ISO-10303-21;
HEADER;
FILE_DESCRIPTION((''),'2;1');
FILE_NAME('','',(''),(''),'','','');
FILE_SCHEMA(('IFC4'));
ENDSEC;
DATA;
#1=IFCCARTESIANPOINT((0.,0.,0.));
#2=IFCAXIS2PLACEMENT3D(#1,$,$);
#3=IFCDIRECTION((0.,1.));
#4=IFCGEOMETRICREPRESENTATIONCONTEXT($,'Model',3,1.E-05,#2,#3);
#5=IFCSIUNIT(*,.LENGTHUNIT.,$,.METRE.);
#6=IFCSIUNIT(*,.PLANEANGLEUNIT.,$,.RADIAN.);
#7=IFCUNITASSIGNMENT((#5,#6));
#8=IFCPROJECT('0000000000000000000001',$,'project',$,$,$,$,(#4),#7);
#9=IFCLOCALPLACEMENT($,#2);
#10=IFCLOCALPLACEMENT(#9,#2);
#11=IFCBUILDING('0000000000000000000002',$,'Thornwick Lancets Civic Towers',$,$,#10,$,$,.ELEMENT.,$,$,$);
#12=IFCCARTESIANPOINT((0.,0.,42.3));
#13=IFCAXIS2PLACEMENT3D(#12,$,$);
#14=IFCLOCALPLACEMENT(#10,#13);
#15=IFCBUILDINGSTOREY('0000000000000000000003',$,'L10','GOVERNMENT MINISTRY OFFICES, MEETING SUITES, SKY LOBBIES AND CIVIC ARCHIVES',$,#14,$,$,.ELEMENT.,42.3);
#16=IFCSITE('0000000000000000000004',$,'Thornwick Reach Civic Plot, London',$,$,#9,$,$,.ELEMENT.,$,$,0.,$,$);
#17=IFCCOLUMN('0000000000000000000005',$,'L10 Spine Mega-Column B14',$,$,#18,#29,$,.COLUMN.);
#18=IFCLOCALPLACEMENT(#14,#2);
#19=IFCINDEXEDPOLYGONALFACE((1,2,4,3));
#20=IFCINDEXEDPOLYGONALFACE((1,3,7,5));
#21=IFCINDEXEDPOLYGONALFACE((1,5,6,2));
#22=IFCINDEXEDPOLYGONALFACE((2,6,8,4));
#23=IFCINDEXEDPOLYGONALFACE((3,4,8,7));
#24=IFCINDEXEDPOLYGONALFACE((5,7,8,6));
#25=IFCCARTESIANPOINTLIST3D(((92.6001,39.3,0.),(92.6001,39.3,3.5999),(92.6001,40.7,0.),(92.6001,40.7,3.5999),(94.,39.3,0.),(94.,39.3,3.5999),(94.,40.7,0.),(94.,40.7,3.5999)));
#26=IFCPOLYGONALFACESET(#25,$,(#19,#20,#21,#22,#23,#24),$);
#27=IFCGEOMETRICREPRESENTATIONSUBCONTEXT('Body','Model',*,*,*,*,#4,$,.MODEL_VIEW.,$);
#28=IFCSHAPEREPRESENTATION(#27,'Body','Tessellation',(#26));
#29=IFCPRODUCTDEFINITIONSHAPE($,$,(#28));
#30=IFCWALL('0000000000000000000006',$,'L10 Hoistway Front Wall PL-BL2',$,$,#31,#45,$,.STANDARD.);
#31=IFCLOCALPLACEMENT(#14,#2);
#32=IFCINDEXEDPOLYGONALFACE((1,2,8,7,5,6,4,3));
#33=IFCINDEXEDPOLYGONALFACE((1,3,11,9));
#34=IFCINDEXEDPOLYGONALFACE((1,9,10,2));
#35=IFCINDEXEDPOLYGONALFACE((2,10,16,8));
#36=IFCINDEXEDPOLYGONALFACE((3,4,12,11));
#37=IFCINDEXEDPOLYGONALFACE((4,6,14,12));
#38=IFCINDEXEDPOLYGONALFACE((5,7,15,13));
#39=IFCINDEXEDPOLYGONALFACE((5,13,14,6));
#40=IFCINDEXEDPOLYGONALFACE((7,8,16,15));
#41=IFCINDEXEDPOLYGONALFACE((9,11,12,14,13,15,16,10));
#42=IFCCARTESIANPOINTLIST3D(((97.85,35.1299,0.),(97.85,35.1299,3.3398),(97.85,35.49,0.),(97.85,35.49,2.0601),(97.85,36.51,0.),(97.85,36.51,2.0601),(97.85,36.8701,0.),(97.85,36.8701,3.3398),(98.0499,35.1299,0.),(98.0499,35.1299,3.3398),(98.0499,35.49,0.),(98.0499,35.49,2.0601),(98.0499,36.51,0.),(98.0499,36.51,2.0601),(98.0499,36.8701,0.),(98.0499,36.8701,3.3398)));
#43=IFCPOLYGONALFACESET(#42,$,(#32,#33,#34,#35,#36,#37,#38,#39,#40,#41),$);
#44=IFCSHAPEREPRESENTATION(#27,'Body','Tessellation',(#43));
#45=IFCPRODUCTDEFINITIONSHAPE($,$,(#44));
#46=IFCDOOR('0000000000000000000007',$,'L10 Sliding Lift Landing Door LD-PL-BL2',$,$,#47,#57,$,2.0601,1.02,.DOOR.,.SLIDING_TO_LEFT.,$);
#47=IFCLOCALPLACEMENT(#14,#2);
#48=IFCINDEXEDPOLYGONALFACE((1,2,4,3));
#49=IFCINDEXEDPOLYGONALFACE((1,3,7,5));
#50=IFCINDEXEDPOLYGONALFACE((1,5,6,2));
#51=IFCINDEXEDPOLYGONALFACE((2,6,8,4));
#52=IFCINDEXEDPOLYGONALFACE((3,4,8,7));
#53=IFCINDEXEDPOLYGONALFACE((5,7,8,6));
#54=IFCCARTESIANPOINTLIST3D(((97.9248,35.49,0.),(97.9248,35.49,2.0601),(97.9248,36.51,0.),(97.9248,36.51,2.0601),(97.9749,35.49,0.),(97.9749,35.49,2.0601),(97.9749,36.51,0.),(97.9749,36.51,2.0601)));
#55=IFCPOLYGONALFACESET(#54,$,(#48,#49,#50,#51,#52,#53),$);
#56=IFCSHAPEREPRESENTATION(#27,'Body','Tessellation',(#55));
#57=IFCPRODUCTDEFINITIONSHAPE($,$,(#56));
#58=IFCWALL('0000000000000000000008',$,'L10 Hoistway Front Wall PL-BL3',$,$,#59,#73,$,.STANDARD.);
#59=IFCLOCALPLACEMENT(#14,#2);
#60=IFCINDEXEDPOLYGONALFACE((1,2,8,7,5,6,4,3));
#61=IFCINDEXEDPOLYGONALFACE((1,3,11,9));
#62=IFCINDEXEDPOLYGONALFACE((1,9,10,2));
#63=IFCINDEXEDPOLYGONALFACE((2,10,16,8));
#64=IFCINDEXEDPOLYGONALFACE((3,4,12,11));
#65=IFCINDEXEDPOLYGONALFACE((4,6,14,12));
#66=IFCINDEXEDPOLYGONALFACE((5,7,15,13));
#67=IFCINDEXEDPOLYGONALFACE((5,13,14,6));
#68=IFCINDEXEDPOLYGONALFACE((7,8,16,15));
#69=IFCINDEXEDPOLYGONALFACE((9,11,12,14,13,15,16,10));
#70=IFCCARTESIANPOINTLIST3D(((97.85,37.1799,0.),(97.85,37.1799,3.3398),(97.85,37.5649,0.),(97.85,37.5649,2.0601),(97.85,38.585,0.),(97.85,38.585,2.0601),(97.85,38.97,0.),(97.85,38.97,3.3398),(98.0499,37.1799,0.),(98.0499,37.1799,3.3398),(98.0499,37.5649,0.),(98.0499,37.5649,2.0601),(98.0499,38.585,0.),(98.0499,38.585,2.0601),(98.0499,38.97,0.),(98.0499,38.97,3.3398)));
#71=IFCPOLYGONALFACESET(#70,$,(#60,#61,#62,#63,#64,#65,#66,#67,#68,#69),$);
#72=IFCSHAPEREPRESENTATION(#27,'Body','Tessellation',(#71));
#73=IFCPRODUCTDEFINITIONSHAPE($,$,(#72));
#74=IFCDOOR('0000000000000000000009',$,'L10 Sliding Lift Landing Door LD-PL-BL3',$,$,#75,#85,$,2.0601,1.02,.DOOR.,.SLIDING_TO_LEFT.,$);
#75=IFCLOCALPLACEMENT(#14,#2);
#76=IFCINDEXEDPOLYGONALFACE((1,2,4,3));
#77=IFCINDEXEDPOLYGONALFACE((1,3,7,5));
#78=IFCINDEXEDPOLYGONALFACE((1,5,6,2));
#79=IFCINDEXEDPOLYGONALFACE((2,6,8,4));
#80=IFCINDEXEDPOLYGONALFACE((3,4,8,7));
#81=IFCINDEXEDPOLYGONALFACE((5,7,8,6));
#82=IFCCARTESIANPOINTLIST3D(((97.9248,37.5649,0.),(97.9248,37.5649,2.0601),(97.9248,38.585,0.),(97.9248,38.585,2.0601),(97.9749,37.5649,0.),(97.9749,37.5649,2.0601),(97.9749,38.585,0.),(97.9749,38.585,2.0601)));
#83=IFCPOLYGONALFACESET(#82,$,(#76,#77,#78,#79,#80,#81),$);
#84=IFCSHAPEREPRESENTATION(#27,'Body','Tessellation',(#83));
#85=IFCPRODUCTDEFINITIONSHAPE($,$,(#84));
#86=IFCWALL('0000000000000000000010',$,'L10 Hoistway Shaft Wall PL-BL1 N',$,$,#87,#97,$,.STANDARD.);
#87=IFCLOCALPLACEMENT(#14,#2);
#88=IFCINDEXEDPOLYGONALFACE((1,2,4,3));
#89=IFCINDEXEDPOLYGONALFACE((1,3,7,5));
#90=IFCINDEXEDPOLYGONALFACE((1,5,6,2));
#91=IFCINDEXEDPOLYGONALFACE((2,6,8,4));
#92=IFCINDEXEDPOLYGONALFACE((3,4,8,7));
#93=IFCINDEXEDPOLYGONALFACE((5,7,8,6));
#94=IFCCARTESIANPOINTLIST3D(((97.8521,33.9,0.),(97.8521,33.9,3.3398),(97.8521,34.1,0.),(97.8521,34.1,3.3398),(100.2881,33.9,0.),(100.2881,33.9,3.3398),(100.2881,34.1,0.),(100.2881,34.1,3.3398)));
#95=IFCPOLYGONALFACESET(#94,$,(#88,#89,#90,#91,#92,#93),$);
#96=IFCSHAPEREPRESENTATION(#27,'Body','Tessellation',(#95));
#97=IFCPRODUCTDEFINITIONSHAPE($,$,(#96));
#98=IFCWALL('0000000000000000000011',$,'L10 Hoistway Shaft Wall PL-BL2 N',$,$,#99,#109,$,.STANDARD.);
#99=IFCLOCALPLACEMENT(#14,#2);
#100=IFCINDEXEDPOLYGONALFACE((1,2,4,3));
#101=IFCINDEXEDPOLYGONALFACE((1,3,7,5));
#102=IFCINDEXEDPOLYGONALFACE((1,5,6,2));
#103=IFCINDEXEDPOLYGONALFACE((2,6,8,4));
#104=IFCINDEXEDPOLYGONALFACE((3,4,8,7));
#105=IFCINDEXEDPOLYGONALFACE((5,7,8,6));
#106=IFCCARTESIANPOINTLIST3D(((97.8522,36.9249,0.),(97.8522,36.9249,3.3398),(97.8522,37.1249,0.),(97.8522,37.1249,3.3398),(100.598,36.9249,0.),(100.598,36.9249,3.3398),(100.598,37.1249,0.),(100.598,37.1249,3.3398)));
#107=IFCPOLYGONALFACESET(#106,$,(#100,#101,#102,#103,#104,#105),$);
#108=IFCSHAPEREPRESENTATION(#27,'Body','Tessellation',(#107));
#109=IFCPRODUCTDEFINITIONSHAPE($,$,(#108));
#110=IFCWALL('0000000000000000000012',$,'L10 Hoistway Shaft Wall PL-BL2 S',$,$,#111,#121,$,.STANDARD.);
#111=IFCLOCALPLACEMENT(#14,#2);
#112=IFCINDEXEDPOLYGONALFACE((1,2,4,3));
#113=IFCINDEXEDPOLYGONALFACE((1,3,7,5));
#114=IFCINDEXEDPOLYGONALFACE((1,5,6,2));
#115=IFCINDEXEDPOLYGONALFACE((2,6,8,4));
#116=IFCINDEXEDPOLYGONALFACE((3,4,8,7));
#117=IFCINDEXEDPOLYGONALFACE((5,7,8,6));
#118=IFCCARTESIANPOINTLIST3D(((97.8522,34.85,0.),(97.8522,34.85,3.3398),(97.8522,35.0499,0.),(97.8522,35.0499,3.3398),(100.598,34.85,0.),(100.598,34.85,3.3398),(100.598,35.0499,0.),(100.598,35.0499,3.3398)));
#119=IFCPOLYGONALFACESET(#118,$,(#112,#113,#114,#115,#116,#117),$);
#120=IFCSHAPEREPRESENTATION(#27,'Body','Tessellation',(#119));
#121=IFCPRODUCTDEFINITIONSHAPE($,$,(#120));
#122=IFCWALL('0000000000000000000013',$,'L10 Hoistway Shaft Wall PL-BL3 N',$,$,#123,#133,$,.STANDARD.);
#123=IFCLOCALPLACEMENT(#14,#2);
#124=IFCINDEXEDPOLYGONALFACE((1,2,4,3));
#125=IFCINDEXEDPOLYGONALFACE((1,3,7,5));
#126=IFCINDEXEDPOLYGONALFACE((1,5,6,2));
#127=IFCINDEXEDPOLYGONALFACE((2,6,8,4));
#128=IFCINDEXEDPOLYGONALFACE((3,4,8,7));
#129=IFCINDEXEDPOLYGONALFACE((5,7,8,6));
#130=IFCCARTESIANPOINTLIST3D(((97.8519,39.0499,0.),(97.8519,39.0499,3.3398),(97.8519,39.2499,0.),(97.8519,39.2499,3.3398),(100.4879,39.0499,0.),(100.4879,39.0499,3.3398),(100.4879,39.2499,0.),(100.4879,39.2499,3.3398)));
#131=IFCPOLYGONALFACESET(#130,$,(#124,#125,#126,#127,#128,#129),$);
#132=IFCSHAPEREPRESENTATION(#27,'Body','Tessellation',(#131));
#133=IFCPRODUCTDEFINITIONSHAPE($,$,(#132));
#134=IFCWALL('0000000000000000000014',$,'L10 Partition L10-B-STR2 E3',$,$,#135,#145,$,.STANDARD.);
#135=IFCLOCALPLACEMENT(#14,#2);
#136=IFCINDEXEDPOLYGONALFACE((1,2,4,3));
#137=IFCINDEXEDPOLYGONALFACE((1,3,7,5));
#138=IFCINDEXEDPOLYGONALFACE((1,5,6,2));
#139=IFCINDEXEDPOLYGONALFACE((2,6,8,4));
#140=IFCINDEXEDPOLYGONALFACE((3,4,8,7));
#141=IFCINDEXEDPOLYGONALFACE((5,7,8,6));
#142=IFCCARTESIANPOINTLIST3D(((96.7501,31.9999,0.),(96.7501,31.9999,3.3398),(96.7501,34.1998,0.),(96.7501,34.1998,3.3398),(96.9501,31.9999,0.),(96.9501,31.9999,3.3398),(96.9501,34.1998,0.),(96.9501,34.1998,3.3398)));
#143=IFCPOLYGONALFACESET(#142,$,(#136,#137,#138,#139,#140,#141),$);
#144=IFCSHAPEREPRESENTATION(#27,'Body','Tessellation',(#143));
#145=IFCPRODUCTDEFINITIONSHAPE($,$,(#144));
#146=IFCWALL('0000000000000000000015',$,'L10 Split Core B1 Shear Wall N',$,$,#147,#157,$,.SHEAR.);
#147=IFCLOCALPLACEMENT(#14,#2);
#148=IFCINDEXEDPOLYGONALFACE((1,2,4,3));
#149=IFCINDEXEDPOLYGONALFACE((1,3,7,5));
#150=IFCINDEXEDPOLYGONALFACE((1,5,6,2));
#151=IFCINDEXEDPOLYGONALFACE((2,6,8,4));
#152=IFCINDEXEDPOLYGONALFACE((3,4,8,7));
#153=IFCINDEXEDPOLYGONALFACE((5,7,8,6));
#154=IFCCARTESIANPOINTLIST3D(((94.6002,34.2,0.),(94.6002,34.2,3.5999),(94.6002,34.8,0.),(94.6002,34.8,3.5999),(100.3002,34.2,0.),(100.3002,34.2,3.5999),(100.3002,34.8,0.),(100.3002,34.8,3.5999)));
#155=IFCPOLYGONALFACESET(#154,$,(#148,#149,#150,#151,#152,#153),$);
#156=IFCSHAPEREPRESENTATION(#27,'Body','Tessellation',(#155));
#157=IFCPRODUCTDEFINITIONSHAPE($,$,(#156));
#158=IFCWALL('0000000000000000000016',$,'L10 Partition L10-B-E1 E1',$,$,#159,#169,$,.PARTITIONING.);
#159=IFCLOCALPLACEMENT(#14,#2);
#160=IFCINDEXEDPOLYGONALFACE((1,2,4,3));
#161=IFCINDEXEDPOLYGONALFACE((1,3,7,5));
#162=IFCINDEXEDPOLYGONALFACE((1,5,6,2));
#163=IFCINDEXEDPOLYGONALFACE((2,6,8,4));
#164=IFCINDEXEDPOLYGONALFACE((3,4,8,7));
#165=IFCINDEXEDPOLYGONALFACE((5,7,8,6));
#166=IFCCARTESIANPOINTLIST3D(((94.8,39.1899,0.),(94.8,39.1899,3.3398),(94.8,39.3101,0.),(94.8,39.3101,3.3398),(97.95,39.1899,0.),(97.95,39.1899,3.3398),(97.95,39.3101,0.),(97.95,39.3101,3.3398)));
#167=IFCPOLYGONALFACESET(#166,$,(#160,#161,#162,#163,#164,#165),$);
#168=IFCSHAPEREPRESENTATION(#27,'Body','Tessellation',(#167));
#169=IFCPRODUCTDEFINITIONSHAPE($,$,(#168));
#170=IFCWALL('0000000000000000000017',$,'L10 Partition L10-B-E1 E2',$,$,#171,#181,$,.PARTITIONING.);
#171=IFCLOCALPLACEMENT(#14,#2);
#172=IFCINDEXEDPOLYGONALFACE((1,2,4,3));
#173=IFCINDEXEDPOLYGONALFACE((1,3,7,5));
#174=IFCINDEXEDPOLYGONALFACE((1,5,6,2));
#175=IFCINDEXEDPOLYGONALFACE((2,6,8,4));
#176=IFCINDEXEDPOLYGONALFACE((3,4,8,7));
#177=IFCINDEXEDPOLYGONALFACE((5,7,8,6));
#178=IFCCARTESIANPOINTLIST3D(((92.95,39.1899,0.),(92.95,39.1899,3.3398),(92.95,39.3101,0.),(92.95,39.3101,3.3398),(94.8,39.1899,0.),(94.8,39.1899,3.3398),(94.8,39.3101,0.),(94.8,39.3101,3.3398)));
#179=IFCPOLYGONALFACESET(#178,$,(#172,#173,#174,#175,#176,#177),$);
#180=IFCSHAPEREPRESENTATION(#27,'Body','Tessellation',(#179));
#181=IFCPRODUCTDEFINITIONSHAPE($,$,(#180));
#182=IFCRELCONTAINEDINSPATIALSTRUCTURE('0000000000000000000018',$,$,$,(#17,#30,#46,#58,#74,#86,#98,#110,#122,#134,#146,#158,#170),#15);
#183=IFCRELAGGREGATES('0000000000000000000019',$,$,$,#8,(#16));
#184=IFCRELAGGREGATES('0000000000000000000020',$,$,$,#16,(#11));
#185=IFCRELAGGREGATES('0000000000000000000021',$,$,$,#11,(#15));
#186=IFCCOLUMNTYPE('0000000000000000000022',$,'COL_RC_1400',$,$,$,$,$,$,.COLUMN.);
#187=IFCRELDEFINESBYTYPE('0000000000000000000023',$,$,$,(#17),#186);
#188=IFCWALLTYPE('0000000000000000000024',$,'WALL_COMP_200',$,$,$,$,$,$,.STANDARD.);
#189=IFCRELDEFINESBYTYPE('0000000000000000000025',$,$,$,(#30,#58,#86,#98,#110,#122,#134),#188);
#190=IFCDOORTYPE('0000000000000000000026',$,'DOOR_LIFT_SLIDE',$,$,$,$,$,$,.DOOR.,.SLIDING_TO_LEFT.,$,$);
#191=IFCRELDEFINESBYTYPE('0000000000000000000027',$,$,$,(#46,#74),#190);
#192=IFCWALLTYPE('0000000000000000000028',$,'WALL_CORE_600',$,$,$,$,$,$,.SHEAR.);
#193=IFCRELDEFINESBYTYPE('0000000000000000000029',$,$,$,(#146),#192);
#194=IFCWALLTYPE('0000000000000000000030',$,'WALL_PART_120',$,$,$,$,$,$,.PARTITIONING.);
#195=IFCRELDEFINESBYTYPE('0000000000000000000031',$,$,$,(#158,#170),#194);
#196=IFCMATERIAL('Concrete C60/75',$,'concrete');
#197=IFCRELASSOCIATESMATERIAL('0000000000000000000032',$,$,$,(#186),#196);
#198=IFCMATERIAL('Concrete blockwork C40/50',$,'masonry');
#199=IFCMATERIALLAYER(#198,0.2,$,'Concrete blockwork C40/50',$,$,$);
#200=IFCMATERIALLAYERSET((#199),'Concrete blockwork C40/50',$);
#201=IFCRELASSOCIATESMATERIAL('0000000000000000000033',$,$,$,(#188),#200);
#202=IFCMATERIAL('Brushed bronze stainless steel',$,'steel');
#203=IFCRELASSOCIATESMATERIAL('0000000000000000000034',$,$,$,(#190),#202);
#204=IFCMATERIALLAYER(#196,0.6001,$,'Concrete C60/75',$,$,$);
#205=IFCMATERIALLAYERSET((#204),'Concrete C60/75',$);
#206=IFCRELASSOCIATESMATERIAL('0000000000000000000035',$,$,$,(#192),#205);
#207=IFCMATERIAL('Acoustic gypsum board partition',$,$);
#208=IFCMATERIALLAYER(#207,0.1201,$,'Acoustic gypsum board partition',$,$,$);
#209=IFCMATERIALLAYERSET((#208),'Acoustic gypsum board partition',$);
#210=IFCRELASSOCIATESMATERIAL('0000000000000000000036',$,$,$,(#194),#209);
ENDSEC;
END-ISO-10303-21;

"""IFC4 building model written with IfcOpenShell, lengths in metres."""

from ifc_helpers import new_model, si_unit, direction, frame, frame_2d, origin, origin_2d, place, context, subcontext, project, spatial, rectangle, extrude, material, layer, layer_set, material_profile, profile_set, type_object, element, fill, save


model = new_model("IFC4")

# Units and contexts
model_context = context("Model", 3, precision=1e-05, world=origin(), true_north=direction((0.0, 1.0)))
body_context = subcontext(model_context, "Body", "Model", "MODEL_VIEW")
ifc_project = project(units=[si_unit("LENGTHUNIT", "METRE"), si_unit("PLANEANGLEUNIT", "RADIAN")], contexts=[model_context])

# Site, building, storey
site_placement = place(None, origin())
site = spatial("IfcSite", under=ifc_project, at=site_placement, Name="Thornwick Reach Civic Plot, London", CompositionType="ELEMENT", RefElevation=0.0)
building_placement = place(site_placement, origin())
building = spatial("IfcBuilding", under=site, at=building_placement, Name="Thornwick Lancets Civic Towers", CompositionType="ELEMENT")
storey_placement = place(building_placement, frame((0.0, 0.0, 42.3)))
storey = spatial("IfcBuildingStorey", under=building, at=storey_placement, Name="L10", Description="GOVERNMENT MINISTRY OFFICES, MEETING SUITES, SKY LOBBIES AND CIVIC ARCHIVES", CompositionType="ELEMENT", Elevation=42.3)

# Column
ifc_material_1 = material(Name="Concrete C60/75", Category="concrete")
ifc_material_profile = material_profile(ifc_material_1, rectangle(XDim=1.3999, YDim=1.3999, at=origin_2d()), Name="RC 1400x1400")
ifc_profile_set = profile_set([ifc_material_profile], Name="Concrete C60/75")
column_type = type_object("IfcColumnType", Name="COL_RC_1400", PredefinedType="COLUMN", material=ifc_profile_set)
column_placement = place(storey_placement, frame((93.3, 40.0, 0.0), z_axis=(0.0, 0.0, 1.0), x_axis=(1.0, 0.0, 0.0)))
element("IfcColumn", 1, at=column_placement, inside=storey, type_object=column_type, Name="L10 Spine Mega-Column B14", PredefinedType="COLUMN", context=body_context, shape_type="SweptSolid", body=[
    extrude(rectangle(XDim=1.3999, YDim=1.3999, at=origin_2d()), origin(), (0.0, 0.0, 1.0), 3.5999),
])

# Walls, openings, doors
ifc_material_2 = material(Name="Concrete blockwork C40/50", Category="masonry")
ifc_layer_1 = layer(ifc_material_2, 0.2, Name="Concrete blockwork C40/50")
ifc_layer_set_1 = layer_set([ifc_layer_1], Name="Concrete blockwork C40/50")
wall_type_1 = type_object("IfcWallType", Name="WALL_COMP_200", PredefinedType="STANDARD", material=ifc_layer_set_1)
wall_1_placement = place(storey_placement, frame((97.95, 36.8701, 0.0), z_axis=(0.0, 0.0, 1.0), x_axis=(0.0, -1.0, 0.0)))
wall_1 = element("IfcWall", 2, at=wall_1_placement, inside=storey, type_object=wall_type_1, Name="L10 Hoistway Front Wall PL-BL2", PredefinedType="STANDARD", context=body_context, shape_type="SweptSolid", body=[
    extrude(rectangle(XDim=1.7402, YDim=0.2, at=frame_2d((0.8701, 0.0))), origin(), (0.0, 0.0, 1.0), 3.3398),
])
opening_1_placement = place(wall_1_placement, frame((0.3601, 0.0, 0.0)))
opening_1 = element("IfcOpeningElement", 3, at=opening_1_placement, cuts=wall_1, PredefinedType="OPENING", context=body_context, shape_type="SweptSolid", body=[
    extrude(rectangle(XDim=1.02, YDim=2.0601, at=frame_2d((0.51, 1.03))), frame((0.0, 0.1099, 0.0), z_axis=(0.0, -1.0, 0.0), x_axis=(1.0, 0.0, 0.0)), (0.0, 0.0, 1.0), 0.22),
])
ifc_material_3 = material(Name="Brushed bronze stainless steel", Category="steel")
door_type_1 = type_object("IfcDoorType", Name="DOOR_LIFT_SLIDE", OperationType="SLIDING_TO_LEFT", PredefinedType="DOOR", material=ifc_material_3)
door_1_placement = place(opening_1_placement, origin())
door_1 = element("IfcDoor", 4, at=door_1_placement, inside=storey, type_object=door_type_1, Name="L10 Sliding Lift Landing Door LD-PL-BL2", OperationType="SLIDING_TO_LEFT", OverallHeight=2.0601, OverallWidth=1.02, PredefinedType="DOOR", context=body_context, shape_type="SweptSolid", body=[
    extrude(rectangle(XDim=1.02, YDim=2.0601, at=frame_2d((0.51, 1.03))), frame((0.0, 0.0249, 0.0), z_axis=(0.0, -1.0, 0.0), x_axis=(1.0, 0.0, 0.0)), (0.0, 0.0, 1.0), 0.05),
])
fill(opening_1, door_1)
wall_2_placement = place(storey_placement, frame((97.95, 38.97, 0.0), z_axis=(0.0, 0.0, 1.0), x_axis=(0.0, -1.0, 0.0)))
wall_2 = element("IfcWall", 5, at=wall_2_placement, inside=storey, type_object=wall_type_1, Name="L10 Hoistway Front Wall PL-BL3", PredefinedType="STANDARD", context=body_context, shape_type="SweptSolid", body=[
    extrude(rectangle(XDim=1.79, YDim=0.2, at=frame_2d((0.895, 0.0))), origin(), (0.0, 0.0, 1.0), 3.3398),
])
opening_2_placement = place(wall_2_placement, frame((0.385, 0.0, 0.0)))
opening_2 = element("IfcOpeningElement", 6, at=opening_2_placement, cuts=wall_2, PredefinedType="OPENING", context=body_context, shape_type="SweptSolid", body=[
    extrude(rectangle(XDim=1.02, YDim=2.0601, at=frame_2d((0.51, 1.03))), frame((0.0, 0.1099, 0.0), z_axis=(0.0, -1.0, 0.0), x_axis=(1.0, 0.0, 0.0)), (0.0, 0.0, 1.0), 0.22),
])
door_2_placement = place(opening_2_placement, origin())
door_2 = element("IfcDoor", 7, at=door_2_placement, inside=storey, type_object=door_type_1, Name="L10 Sliding Lift Landing Door LD-PL-BL3", OperationType="SLIDING_TO_LEFT", OverallHeight=2.0601, OverallWidth=1.02, PredefinedType="DOOR", context=body_context, shape_type="SweptSolid", body=[
    extrude(rectangle(XDim=1.02, YDim=2.0601, at=frame_2d((0.51, 1.03))), frame((0.0, 0.0249, 0.0), z_axis=(0.0, -1.0, 0.0), x_axis=(1.0, 0.0, 0.0)), (0.0, 0.0, 1.0), 0.05),
])
fill(opening_2, door_2)

# Walls
wall_3_placement = place(storey_placement, frame((97.8521, 34.0, 0.0), z_axis=(0.0, 0.0, 1.0), x_axis=(1.0, 0.0, 0.0)))
element("IfcWall", 8, at=wall_3_placement, inside=storey, type_object=wall_type_1, Name="L10 Hoistway Shaft Wall PL-BL1 N", PredefinedType="STANDARD", context=body_context, shape_type="SweptSolid", body=[
    extrude(rectangle(XDim=2.436, YDim=0.2, at=frame_2d((1.218, 0.0))), origin(), (0.0, 0.0, 1.0), 3.3398),
])
for number, where, z_axis, x_axis, name in (
    (9, (97.8521, 37.0249, 0.0), (0.0, 0.0, 1.0), (1.0, 0.0, 0.0), "L10 Hoistway Shaft Wall PL-BL2 N"),
    (10, (97.8521, 34.95, 0.0), (0.0, 0.0, 1.0), (1.0, 0.0, 0.0), "L10 Hoistway Shaft Wall PL-BL2 S"),
):
    element("IfcWall", number, at=place(storey_placement, frame(where, z_axis=z_axis, x_axis=x_axis)), inside=storey, type_object=wall_type_1, Name=name, PredefinedType="STANDARD", context=body_context, shape_type="SweptSolid", body=[
        extrude(rectangle(XDim=2.7458, YDim=0.2, at=frame_2d((1.373, 0.0))), origin(), (0.0, 0.0, 1.0), 3.3398),
    ])
wall_4_placement = place(storey_placement, frame((97.8521, 39.1499, 0.0), z_axis=(0.0, 0.0, 1.0), x_axis=(1.0, 0.0, 0.0)))
element("IfcWall", 11, at=wall_4_placement, inside=storey, type_object=wall_type_1, Name="L10 Hoistway Shaft Wall PL-BL3 N", PredefinedType="STANDARD", context=body_context, shape_type="SweptSolid", body=[
    extrude(rectangle(XDim=2.636, YDim=0.2, at=frame_2d((1.3179, 0.0))), origin(), (0.0, 0.0, 1.0), 3.3398),
])
wall_5_placement = place(storey_placement, frame((96.8501, 34.2, 0.0), z_axis=(0.0, 0.0, 1.0), x_axis=(0.0, -1.0, 0.0)))
element("IfcWall", 12, at=wall_5_placement, inside=storey, type_object=wall_type_1, Name="L10 Partition L10-B-STR2 E3", PredefinedType="STANDARD", context=body_context, shape_type="SweptSolid", body=[
    extrude(rectangle(XDim=2.2, YDim=0.2, at=frame_2d((1.1001, 0.0))), origin(), (0.0, 0.0, 1.0), 3.3398),
])
ifc_layer_2 = layer(ifc_material_1, 0.6001, Name="Concrete C60/75")
ifc_layer_set_2 = layer_set([ifc_layer_2], Name="Concrete C60/75")
wall_type_2 = type_object("IfcWallType", Name="WALL_CORE_600", PredefinedType="SHEAR", material=ifc_layer_set_2)
wall_6_placement = place(storey_placement, frame((94.6001, 34.5, 0.0), z_axis=(0.0, 0.0, 1.0), x_axis=(1.0, 0.0, 0.0)))
element("IfcWall", 13, at=wall_6_placement, inside=storey, type_object=wall_type_2, Name="L10 Split Core B1 Shear Wall N", PredefinedType="SHEAR", context=body_context, shape_type="SweptSolid", body=[
    extrude(rectangle(XDim=5.7, YDim=0.6001, at=frame_2d((2.8501, 0.0))), origin(), (0.0, 0.0, 1.0), 3.5999),
])
ifc_material_4 = material(Name="Acoustic gypsum board partition")
ifc_layer_3 = layer(ifc_material_4, 0.1201, Name="Acoustic gypsum board partition")
ifc_layer_set_3 = layer_set([ifc_layer_3], Name="Acoustic gypsum board partition")
wall_type_3 = type_object("IfcWallType", Name="WALL_PART_120", PredefinedType="PARTITIONING", material=ifc_layer_set_3)
wall_7_placement = place(storey_placement, frame((97.95, 39.25, 0.0), z_axis=(0.0, 0.0, 1.0), x_axis=(-1.0, 0.0, 0.0)))
element("IfcWall", 14, at=wall_7_placement, inside=storey, type_object=wall_type_3, Name="L10 Partition L10-B-E1 E1", PredefinedType="PARTITIONING", context=body_context, shape_type="SweptSolid", body=[
    extrude(rectangle(XDim=3.1499, YDim=0.1201, at=frame_2d((1.575, 0.0))), origin(), (0.0, 0.0, 1.0), 3.3398),
])
wall_8_placement = place(storey_placement, frame((94.8, 39.25, 0.0), z_axis=(0.0, 0.0, 1.0), x_axis=(-1.0, 0.0, 0.0)))
element("IfcWall", 15, at=wall_8_placement, inside=storey, type_object=wall_type_3, Name="L10 Partition L10-B-E1 E2", PredefinedType="PARTITIONING", context=body_context, shape_type="SweptSolid", body=[
    extrude(rectangle(XDim=1.8501, YDim=0.1201, at=frame_2d((0.925, 0.0))), origin(), (0.0, 0.0, 1.0), 3.3398),
])

save(model, "model.ifc")
